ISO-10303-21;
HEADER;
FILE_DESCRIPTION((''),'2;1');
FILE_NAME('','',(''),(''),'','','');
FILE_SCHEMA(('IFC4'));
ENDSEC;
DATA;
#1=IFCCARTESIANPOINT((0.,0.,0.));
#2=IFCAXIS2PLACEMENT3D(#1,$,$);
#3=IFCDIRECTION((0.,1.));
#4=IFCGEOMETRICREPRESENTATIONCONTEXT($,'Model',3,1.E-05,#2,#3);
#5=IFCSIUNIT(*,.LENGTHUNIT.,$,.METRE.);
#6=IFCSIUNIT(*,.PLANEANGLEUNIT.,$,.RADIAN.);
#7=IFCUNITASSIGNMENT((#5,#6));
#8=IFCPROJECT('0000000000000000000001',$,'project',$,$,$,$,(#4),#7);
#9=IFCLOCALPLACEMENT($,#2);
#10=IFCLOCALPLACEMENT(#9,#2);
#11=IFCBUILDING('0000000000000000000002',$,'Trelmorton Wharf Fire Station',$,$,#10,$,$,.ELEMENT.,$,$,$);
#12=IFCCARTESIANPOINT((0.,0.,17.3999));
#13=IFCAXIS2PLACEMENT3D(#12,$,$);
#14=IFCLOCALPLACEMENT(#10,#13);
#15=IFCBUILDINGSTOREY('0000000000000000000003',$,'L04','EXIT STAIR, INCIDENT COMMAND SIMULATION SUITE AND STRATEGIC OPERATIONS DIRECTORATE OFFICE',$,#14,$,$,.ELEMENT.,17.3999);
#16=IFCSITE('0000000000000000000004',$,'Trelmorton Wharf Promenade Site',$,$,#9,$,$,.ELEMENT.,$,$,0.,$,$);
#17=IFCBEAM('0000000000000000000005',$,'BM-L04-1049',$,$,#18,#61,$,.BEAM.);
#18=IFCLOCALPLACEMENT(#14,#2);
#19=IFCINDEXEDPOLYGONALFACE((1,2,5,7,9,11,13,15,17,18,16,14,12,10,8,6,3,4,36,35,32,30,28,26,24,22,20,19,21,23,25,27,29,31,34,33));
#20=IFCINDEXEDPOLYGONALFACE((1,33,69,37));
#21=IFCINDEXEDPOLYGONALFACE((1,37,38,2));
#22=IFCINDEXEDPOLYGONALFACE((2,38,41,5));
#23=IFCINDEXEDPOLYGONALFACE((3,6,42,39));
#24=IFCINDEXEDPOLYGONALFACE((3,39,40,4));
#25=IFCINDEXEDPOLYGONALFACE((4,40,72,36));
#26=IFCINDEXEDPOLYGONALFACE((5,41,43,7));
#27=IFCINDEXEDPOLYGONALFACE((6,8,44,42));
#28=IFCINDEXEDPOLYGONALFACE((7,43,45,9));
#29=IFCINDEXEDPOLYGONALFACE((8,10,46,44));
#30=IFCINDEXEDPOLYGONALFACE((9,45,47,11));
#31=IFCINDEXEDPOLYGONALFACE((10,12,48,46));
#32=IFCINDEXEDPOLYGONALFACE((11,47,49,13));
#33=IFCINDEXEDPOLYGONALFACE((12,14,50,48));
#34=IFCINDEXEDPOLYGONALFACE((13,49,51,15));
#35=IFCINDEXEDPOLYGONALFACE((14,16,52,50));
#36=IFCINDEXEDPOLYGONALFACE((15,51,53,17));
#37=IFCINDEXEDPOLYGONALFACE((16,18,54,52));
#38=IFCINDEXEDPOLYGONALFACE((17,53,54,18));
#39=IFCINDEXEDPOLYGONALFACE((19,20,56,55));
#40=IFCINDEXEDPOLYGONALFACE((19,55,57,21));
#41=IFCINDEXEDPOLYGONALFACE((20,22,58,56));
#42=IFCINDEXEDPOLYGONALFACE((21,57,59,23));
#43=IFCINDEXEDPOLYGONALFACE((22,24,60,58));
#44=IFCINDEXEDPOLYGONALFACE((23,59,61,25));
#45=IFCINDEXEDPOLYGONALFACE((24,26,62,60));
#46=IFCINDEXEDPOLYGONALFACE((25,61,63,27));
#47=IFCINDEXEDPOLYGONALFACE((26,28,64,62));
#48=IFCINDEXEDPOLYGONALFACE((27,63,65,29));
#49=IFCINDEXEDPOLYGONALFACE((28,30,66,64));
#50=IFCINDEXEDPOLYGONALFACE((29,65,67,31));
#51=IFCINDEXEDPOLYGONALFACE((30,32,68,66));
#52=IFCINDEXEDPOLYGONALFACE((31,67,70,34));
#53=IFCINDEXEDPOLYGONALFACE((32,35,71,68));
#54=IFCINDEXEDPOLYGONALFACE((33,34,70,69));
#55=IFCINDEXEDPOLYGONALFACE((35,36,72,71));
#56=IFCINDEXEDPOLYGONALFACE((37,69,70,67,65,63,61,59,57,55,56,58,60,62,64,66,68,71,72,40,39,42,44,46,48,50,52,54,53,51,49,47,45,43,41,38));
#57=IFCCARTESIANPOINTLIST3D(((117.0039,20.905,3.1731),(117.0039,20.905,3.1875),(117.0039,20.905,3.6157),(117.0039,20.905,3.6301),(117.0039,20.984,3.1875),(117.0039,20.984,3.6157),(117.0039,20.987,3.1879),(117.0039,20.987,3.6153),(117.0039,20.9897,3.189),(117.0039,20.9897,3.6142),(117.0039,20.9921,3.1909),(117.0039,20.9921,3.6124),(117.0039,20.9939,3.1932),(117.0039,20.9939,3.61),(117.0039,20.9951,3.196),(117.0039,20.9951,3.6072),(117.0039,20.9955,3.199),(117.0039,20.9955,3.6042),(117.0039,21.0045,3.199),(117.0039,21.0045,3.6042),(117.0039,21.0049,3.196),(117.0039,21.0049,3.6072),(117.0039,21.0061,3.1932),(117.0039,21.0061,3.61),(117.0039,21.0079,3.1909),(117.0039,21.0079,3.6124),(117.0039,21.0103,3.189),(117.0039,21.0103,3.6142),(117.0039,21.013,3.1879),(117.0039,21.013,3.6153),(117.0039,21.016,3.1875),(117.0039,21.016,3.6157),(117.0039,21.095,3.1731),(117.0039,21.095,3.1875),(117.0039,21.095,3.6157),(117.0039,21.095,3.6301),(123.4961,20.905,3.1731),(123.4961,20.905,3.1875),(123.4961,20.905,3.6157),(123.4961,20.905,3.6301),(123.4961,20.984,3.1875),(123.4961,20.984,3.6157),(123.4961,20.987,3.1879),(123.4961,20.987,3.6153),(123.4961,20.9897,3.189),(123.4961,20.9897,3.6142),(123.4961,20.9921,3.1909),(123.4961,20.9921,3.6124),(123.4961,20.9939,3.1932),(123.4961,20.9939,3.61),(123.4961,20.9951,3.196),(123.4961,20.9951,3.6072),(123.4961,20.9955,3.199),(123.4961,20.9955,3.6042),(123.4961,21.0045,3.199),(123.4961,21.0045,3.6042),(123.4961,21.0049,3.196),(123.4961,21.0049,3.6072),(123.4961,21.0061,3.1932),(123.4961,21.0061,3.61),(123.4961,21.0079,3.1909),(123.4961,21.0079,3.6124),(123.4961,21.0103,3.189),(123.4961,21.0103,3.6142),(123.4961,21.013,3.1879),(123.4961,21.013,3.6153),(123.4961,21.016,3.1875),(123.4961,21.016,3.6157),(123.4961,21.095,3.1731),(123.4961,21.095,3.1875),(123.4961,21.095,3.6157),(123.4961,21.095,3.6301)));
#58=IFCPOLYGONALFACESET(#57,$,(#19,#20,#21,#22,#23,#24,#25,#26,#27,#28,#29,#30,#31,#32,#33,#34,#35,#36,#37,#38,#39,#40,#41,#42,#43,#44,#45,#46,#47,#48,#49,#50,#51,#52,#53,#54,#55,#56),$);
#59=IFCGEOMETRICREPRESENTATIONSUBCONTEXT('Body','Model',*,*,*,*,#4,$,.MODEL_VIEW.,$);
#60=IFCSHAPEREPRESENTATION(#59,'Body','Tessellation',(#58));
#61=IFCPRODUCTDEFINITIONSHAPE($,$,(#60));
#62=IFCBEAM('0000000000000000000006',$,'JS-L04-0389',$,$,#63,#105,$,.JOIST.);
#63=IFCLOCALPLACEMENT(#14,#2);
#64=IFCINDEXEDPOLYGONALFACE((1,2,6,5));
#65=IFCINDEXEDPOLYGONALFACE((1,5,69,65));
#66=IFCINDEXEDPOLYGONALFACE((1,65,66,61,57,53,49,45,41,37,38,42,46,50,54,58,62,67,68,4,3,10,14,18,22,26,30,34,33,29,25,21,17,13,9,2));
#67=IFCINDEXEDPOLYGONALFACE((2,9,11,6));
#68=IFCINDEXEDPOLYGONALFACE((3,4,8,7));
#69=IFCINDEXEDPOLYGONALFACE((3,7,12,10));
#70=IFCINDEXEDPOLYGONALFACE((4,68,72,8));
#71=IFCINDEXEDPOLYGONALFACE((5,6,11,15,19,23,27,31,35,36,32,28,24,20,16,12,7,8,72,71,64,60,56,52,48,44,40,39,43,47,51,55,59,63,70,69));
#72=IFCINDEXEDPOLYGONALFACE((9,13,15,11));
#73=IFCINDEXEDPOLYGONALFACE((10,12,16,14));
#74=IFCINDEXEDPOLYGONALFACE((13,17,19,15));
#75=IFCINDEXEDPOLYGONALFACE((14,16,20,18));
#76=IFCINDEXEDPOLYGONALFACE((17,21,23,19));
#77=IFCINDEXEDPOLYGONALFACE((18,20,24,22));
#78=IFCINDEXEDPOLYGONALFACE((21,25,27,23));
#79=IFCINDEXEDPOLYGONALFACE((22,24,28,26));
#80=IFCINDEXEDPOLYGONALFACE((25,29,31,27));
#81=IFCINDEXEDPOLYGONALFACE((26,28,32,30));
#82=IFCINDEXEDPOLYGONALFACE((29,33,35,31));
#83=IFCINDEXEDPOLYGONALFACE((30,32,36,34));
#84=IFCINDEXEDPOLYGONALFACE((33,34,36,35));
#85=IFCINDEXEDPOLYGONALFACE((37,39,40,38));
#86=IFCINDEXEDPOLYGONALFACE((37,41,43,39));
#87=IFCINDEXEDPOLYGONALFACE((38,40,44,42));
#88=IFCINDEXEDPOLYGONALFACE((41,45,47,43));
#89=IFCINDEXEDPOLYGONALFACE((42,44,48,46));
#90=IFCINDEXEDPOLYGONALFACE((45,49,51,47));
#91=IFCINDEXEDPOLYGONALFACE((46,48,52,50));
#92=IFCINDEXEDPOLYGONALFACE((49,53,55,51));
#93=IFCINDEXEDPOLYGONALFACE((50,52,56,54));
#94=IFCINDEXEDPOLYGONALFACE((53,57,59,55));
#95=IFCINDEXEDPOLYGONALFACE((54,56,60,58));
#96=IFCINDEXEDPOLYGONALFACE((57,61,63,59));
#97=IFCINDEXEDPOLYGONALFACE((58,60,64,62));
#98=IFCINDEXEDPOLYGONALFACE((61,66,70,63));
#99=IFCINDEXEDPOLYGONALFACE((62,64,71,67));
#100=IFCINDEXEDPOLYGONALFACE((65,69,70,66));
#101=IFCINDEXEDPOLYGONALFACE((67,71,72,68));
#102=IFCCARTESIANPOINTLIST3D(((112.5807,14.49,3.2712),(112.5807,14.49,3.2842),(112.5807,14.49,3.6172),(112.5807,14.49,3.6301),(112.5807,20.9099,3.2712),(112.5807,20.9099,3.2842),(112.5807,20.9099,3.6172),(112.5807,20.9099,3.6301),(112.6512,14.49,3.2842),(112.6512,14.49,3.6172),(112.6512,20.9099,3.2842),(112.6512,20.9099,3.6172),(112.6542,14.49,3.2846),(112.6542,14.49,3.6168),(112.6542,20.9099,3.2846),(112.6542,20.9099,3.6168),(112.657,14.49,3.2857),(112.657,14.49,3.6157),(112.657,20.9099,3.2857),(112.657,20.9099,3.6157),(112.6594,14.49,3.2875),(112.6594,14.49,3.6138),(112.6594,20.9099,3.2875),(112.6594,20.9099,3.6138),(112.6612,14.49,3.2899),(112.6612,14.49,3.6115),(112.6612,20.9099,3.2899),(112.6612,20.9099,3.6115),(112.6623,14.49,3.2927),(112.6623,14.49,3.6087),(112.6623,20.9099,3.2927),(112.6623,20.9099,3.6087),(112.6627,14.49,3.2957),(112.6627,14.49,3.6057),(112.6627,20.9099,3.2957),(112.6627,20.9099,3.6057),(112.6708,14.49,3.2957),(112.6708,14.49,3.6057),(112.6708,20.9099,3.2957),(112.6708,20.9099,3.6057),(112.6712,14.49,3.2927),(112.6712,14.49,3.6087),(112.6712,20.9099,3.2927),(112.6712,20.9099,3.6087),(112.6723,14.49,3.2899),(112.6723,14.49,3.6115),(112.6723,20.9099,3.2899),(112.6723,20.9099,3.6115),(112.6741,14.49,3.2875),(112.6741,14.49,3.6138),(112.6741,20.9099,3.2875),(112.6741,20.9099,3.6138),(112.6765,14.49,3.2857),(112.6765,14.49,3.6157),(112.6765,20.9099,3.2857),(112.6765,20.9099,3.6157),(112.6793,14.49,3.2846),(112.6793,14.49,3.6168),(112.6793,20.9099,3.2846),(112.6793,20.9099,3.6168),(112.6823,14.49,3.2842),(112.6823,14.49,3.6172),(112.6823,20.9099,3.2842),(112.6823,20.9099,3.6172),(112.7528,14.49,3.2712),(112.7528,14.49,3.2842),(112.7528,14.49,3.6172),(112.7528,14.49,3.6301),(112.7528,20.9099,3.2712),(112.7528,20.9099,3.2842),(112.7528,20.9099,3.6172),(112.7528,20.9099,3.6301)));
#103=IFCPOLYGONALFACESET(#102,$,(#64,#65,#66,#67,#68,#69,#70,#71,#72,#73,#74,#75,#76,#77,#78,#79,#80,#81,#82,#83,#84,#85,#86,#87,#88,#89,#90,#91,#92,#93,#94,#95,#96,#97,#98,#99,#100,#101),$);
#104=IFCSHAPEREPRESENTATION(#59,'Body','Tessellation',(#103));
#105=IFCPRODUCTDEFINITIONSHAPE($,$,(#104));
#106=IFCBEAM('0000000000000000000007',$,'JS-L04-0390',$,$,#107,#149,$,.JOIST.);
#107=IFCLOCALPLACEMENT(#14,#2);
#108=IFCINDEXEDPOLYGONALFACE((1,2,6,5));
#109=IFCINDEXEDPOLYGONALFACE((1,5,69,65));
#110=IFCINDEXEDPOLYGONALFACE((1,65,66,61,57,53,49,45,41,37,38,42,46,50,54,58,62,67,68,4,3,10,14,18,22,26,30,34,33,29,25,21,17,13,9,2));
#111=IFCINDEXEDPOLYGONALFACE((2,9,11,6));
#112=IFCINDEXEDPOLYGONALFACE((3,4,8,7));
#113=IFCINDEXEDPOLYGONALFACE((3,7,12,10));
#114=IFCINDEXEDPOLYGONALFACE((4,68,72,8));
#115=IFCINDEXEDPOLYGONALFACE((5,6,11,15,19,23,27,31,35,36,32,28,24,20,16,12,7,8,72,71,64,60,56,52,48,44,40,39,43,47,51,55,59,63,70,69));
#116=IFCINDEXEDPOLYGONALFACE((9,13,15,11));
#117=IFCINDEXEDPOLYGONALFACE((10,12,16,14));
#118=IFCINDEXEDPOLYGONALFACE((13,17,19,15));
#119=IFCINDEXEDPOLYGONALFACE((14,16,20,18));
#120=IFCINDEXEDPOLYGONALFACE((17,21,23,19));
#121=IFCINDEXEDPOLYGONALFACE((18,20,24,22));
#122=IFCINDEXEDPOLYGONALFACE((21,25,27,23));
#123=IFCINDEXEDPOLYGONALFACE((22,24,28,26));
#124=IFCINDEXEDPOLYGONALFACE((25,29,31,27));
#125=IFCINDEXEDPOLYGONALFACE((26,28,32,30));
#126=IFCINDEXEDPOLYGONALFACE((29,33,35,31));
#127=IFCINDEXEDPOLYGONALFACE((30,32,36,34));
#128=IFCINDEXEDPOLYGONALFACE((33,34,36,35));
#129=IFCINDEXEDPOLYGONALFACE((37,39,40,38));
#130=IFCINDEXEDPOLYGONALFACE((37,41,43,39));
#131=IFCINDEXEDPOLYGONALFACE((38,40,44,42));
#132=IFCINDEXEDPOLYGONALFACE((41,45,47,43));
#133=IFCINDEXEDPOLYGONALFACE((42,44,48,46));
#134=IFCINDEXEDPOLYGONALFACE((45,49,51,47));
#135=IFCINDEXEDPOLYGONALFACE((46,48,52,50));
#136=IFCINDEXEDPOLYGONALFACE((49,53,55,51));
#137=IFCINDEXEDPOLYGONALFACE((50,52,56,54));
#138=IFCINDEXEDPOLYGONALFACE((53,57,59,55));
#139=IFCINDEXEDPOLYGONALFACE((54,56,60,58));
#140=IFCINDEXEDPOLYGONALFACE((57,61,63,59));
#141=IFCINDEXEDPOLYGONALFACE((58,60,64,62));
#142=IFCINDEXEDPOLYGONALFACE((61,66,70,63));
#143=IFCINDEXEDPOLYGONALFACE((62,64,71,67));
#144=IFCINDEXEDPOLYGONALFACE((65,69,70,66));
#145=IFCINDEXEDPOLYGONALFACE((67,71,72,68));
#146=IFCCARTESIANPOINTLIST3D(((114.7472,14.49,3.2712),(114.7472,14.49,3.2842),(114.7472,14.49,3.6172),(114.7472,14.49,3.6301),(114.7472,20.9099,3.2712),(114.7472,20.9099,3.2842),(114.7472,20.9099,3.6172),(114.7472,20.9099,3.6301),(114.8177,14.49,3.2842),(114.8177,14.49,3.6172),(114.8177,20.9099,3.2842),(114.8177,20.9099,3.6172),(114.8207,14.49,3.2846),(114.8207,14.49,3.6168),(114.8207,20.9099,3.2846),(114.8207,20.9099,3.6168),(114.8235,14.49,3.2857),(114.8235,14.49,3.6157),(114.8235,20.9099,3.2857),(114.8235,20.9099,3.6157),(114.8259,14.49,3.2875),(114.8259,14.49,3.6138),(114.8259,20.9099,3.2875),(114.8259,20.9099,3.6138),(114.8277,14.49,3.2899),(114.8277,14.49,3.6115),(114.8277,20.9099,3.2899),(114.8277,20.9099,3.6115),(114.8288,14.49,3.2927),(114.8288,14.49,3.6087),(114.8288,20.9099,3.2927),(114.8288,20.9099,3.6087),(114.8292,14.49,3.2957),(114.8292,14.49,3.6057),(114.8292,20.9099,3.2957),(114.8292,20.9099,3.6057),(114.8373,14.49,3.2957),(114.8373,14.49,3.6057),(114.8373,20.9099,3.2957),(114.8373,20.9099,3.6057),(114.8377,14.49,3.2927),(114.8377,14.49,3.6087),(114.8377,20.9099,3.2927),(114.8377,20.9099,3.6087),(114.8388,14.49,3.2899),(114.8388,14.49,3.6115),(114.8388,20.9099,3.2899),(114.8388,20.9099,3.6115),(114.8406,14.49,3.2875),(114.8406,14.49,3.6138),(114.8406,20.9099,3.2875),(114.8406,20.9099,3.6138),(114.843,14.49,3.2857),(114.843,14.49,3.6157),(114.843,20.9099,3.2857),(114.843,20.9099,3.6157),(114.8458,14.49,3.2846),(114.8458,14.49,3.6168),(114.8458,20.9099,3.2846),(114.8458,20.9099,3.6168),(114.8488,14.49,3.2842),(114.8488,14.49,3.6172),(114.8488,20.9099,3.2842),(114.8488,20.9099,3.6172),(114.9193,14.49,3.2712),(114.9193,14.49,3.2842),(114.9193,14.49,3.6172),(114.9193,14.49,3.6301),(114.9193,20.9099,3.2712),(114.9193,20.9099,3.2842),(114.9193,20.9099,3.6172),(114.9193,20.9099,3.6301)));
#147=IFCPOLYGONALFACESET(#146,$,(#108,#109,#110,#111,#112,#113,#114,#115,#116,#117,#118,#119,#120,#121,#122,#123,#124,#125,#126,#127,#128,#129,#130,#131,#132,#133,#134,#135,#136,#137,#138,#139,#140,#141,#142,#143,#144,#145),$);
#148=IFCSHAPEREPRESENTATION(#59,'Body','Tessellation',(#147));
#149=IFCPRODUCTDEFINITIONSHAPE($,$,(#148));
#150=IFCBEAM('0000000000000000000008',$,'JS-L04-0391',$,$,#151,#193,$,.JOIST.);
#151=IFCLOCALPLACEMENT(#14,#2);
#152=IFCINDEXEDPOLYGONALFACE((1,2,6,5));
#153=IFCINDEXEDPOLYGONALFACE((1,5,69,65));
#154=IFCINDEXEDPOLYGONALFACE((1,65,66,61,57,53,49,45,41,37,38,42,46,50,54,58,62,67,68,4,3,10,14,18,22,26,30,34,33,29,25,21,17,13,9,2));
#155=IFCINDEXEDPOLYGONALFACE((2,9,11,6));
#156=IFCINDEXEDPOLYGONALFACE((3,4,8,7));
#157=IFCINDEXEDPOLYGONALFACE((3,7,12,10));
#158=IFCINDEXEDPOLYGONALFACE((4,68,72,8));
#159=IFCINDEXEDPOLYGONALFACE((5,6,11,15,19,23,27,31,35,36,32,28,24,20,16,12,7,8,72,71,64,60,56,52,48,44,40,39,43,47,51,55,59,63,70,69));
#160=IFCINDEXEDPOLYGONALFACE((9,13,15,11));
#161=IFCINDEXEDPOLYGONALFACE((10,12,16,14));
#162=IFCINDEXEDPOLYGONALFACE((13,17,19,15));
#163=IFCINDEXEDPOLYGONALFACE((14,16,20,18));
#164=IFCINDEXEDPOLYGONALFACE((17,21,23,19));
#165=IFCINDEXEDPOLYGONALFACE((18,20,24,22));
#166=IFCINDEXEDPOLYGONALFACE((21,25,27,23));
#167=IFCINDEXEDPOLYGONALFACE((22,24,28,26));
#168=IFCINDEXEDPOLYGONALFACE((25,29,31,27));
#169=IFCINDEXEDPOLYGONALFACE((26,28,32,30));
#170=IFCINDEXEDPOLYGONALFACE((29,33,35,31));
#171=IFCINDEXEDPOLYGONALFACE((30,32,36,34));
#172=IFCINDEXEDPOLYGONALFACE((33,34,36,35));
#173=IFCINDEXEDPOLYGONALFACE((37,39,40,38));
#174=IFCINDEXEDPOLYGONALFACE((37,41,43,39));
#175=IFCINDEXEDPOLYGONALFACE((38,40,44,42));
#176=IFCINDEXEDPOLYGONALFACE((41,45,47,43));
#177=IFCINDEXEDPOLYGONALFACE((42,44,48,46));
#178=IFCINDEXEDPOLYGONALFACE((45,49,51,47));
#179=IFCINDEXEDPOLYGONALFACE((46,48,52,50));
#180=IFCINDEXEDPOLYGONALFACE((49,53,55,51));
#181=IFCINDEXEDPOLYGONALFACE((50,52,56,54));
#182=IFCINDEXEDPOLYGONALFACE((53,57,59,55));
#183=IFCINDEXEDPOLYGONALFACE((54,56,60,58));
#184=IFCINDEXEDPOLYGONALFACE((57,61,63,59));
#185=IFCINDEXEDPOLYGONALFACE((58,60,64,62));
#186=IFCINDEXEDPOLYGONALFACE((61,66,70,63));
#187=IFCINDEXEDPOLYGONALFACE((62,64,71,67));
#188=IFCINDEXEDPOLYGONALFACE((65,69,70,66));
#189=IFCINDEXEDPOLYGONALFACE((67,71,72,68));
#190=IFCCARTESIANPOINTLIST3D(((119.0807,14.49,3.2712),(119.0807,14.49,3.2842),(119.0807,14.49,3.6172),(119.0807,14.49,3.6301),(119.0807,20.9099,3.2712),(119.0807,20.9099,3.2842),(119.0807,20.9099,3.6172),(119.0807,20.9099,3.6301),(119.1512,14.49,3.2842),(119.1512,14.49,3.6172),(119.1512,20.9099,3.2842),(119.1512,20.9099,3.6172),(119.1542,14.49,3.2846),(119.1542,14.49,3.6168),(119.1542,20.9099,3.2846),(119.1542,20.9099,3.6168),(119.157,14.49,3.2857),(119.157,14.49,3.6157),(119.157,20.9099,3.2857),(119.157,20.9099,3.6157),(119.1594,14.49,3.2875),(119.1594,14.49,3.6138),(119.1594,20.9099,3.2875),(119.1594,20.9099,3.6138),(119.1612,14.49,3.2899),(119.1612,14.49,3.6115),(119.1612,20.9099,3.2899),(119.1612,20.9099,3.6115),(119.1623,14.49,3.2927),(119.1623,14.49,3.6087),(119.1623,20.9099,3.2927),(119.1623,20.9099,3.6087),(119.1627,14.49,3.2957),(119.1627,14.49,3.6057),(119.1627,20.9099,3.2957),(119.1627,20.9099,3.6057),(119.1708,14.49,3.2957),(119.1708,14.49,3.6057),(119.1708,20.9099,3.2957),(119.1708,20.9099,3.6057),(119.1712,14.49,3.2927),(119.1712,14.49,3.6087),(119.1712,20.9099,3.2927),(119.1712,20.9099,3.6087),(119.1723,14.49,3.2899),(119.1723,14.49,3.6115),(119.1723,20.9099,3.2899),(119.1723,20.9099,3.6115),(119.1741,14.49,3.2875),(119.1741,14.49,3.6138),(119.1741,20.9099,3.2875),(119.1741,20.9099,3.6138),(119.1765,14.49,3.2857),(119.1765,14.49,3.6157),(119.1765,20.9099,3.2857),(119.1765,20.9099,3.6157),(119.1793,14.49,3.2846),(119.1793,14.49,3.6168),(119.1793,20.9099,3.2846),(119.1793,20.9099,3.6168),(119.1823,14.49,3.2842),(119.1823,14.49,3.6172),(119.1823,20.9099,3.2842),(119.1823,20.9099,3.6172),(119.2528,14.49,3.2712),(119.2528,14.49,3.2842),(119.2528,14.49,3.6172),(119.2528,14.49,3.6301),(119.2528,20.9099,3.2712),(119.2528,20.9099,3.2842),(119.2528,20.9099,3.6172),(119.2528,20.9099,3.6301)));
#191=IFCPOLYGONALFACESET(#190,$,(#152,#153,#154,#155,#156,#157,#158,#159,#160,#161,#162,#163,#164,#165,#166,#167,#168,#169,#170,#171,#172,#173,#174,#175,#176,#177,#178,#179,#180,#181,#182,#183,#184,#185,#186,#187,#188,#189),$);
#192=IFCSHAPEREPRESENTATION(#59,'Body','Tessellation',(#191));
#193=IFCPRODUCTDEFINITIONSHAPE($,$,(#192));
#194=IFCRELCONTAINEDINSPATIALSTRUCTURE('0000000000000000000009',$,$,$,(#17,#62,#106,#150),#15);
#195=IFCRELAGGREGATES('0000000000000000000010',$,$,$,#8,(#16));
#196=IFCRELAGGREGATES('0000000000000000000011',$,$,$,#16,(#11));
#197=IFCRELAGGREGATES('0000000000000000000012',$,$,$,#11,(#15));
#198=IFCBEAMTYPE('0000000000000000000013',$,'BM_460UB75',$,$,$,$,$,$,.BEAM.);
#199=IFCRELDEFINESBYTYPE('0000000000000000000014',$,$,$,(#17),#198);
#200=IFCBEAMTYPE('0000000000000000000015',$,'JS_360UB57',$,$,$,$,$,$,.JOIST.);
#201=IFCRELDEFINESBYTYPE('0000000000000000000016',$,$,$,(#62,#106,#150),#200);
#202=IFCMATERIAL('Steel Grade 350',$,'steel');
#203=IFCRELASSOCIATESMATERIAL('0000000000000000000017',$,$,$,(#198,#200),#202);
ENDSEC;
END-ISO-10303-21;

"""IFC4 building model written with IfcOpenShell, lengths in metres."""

from ifc_helpers import new_model, si_unit, direction, frame, origin, origin_2d, place, context, subcontext, project, spatial, i_section, extrude, material, material_profile, profile_set, type_object, element, save


model = new_model("IFC4")

# Units and contexts
model_context = context("Model", 3, precision=1e-05, world=origin(), true_north=direction((0.0, 1.0)))
body_context = subcontext(model_context, "Body", "Model", "MODEL_VIEW")
ifc_project = project(units=[si_unit("LENGTHUNIT", "METRE"), si_unit("PLANEANGLEUNIT", "RADIAN")], contexts=[model_context])

# Site, building, storey
site_placement = place(None, origin())
site = spatial("IfcSite", under=ifc_project, at=site_placement, Name="Trelmorton Wharf Promenade Site", CompositionType="ELEMENT", RefElevation=0.0)
building_placement = place(site_placement, origin())
building = spatial("IfcBuilding", under=site, at=building_placement, Name="Trelmorton Wharf Fire Station", CompositionType="ELEMENT")
storey_placement = place(building_placement, frame((0.0, 0.0, 17.3999)))
storey = spatial("IfcBuildingStorey", under=building, at=storey_placement, Name="L04", Description="EXIT STAIR, INCIDENT COMMAND SIMULATION SUITE AND STRATEGIC OPERATIONS DIRECTORATE OFFICE", CompositionType="ELEMENT", Elevation=17.3999)

# Shared definitions
ifc_material_1 = material(Name="Steel Grade 350", Category="steel")

# Beams
ifc_material_profile_1 = material_profile(ifc_material_1, i_section(OverallWidth=0.1899, OverallDepth=0.457, WebThickness=0.009, FlangeThickness=0.0144, FilletRadius=0.0115, at=origin_2d()), Name="460UB74.6")
ifc_profile_set_1 = profile_set([ifc_material_profile_1], Name="Steel Grade 350")
beam_type_1 = type_object("IfcBeamType", Name="BM_460UB75", PredefinedType="BEAM", material=ifc_profile_set_1)
for number, where, z_axis, x_axis, name in (
    (1, (117.0039, 21.0, 3.4016), (1.0, 0.0, 0.0), (0.0, 1.0, 0.0), "BM-L04-1049"),
):
    element("IfcBeam", number, at=place(storey_placement, frame(where, z_axis=z_axis, x_axis=x_axis)), inside=storey, type_object=beam_type_1, Name=name, PredefinedType="BEAM", context=body_context, shape_type="SweptSolid", body=[
        extrude(i_section(OverallWidth=0.1899, OverallDepth=0.457, WebThickness=0.009, FlangeThickness=0.0144, FilletRadius=0.0115, at=origin_2d()), origin(), (0.0, 0.0, 1.0), 6.4922),
    ])
ifc_material_profile_2 = material_profile(ifc_material_1, i_section(OverallWidth=0.1721, OverallDepth=0.3589, WebThickness=0.0081, FlangeThickness=0.0129, FilletRadius=0.0115, at=origin_2d()), Name="360UB56.7")
ifc_profile_set_2 = profile_set([ifc_material_profile_2], Name="Steel Grade 350")
beam_type_2 = type_object("IfcBeamType", Name="JS_360UB57", PredefinedType="JOIST", material=ifc_profile_set_2)
for number, where, z_axis, x_axis, name in (
    (2, (112.6667, 14.49, 3.4507), (0.0, 1.0, 0.0), (-1.0, 0.0, 0.0), "JS-L04-0389"),
    (3, (114.8333, 14.49, 3.4507), (0.0, 1.0, 0.0), (-1.0, 0.0, 0.0), "JS-L04-0390"),
    (4, (119.1667, 14.49, 3.4507), (0.0, 1.0, 0.0), (-1.0, 0.0, 0.0), "JS-L04-0391"),
):
    element("IfcBeam", number, at=place(storey_placement, frame(where, z_axis=z_axis, x_axis=x_axis)), inside=storey, type_object=beam_type_2, Name=name, PredefinedType="JOIST", context=body_context, shape_type="SweptSolid", body=[
        extrude(i_section(OverallWidth=0.1721, OverallDepth=0.3589, WebThickness=0.0081, FlangeThickness=0.0129, FilletRadius=0.0115, at=origin_2d()), origin(), (0.0, 0.0, 1.0), 6.4199),
    ])

save(model, "model.ifc")
